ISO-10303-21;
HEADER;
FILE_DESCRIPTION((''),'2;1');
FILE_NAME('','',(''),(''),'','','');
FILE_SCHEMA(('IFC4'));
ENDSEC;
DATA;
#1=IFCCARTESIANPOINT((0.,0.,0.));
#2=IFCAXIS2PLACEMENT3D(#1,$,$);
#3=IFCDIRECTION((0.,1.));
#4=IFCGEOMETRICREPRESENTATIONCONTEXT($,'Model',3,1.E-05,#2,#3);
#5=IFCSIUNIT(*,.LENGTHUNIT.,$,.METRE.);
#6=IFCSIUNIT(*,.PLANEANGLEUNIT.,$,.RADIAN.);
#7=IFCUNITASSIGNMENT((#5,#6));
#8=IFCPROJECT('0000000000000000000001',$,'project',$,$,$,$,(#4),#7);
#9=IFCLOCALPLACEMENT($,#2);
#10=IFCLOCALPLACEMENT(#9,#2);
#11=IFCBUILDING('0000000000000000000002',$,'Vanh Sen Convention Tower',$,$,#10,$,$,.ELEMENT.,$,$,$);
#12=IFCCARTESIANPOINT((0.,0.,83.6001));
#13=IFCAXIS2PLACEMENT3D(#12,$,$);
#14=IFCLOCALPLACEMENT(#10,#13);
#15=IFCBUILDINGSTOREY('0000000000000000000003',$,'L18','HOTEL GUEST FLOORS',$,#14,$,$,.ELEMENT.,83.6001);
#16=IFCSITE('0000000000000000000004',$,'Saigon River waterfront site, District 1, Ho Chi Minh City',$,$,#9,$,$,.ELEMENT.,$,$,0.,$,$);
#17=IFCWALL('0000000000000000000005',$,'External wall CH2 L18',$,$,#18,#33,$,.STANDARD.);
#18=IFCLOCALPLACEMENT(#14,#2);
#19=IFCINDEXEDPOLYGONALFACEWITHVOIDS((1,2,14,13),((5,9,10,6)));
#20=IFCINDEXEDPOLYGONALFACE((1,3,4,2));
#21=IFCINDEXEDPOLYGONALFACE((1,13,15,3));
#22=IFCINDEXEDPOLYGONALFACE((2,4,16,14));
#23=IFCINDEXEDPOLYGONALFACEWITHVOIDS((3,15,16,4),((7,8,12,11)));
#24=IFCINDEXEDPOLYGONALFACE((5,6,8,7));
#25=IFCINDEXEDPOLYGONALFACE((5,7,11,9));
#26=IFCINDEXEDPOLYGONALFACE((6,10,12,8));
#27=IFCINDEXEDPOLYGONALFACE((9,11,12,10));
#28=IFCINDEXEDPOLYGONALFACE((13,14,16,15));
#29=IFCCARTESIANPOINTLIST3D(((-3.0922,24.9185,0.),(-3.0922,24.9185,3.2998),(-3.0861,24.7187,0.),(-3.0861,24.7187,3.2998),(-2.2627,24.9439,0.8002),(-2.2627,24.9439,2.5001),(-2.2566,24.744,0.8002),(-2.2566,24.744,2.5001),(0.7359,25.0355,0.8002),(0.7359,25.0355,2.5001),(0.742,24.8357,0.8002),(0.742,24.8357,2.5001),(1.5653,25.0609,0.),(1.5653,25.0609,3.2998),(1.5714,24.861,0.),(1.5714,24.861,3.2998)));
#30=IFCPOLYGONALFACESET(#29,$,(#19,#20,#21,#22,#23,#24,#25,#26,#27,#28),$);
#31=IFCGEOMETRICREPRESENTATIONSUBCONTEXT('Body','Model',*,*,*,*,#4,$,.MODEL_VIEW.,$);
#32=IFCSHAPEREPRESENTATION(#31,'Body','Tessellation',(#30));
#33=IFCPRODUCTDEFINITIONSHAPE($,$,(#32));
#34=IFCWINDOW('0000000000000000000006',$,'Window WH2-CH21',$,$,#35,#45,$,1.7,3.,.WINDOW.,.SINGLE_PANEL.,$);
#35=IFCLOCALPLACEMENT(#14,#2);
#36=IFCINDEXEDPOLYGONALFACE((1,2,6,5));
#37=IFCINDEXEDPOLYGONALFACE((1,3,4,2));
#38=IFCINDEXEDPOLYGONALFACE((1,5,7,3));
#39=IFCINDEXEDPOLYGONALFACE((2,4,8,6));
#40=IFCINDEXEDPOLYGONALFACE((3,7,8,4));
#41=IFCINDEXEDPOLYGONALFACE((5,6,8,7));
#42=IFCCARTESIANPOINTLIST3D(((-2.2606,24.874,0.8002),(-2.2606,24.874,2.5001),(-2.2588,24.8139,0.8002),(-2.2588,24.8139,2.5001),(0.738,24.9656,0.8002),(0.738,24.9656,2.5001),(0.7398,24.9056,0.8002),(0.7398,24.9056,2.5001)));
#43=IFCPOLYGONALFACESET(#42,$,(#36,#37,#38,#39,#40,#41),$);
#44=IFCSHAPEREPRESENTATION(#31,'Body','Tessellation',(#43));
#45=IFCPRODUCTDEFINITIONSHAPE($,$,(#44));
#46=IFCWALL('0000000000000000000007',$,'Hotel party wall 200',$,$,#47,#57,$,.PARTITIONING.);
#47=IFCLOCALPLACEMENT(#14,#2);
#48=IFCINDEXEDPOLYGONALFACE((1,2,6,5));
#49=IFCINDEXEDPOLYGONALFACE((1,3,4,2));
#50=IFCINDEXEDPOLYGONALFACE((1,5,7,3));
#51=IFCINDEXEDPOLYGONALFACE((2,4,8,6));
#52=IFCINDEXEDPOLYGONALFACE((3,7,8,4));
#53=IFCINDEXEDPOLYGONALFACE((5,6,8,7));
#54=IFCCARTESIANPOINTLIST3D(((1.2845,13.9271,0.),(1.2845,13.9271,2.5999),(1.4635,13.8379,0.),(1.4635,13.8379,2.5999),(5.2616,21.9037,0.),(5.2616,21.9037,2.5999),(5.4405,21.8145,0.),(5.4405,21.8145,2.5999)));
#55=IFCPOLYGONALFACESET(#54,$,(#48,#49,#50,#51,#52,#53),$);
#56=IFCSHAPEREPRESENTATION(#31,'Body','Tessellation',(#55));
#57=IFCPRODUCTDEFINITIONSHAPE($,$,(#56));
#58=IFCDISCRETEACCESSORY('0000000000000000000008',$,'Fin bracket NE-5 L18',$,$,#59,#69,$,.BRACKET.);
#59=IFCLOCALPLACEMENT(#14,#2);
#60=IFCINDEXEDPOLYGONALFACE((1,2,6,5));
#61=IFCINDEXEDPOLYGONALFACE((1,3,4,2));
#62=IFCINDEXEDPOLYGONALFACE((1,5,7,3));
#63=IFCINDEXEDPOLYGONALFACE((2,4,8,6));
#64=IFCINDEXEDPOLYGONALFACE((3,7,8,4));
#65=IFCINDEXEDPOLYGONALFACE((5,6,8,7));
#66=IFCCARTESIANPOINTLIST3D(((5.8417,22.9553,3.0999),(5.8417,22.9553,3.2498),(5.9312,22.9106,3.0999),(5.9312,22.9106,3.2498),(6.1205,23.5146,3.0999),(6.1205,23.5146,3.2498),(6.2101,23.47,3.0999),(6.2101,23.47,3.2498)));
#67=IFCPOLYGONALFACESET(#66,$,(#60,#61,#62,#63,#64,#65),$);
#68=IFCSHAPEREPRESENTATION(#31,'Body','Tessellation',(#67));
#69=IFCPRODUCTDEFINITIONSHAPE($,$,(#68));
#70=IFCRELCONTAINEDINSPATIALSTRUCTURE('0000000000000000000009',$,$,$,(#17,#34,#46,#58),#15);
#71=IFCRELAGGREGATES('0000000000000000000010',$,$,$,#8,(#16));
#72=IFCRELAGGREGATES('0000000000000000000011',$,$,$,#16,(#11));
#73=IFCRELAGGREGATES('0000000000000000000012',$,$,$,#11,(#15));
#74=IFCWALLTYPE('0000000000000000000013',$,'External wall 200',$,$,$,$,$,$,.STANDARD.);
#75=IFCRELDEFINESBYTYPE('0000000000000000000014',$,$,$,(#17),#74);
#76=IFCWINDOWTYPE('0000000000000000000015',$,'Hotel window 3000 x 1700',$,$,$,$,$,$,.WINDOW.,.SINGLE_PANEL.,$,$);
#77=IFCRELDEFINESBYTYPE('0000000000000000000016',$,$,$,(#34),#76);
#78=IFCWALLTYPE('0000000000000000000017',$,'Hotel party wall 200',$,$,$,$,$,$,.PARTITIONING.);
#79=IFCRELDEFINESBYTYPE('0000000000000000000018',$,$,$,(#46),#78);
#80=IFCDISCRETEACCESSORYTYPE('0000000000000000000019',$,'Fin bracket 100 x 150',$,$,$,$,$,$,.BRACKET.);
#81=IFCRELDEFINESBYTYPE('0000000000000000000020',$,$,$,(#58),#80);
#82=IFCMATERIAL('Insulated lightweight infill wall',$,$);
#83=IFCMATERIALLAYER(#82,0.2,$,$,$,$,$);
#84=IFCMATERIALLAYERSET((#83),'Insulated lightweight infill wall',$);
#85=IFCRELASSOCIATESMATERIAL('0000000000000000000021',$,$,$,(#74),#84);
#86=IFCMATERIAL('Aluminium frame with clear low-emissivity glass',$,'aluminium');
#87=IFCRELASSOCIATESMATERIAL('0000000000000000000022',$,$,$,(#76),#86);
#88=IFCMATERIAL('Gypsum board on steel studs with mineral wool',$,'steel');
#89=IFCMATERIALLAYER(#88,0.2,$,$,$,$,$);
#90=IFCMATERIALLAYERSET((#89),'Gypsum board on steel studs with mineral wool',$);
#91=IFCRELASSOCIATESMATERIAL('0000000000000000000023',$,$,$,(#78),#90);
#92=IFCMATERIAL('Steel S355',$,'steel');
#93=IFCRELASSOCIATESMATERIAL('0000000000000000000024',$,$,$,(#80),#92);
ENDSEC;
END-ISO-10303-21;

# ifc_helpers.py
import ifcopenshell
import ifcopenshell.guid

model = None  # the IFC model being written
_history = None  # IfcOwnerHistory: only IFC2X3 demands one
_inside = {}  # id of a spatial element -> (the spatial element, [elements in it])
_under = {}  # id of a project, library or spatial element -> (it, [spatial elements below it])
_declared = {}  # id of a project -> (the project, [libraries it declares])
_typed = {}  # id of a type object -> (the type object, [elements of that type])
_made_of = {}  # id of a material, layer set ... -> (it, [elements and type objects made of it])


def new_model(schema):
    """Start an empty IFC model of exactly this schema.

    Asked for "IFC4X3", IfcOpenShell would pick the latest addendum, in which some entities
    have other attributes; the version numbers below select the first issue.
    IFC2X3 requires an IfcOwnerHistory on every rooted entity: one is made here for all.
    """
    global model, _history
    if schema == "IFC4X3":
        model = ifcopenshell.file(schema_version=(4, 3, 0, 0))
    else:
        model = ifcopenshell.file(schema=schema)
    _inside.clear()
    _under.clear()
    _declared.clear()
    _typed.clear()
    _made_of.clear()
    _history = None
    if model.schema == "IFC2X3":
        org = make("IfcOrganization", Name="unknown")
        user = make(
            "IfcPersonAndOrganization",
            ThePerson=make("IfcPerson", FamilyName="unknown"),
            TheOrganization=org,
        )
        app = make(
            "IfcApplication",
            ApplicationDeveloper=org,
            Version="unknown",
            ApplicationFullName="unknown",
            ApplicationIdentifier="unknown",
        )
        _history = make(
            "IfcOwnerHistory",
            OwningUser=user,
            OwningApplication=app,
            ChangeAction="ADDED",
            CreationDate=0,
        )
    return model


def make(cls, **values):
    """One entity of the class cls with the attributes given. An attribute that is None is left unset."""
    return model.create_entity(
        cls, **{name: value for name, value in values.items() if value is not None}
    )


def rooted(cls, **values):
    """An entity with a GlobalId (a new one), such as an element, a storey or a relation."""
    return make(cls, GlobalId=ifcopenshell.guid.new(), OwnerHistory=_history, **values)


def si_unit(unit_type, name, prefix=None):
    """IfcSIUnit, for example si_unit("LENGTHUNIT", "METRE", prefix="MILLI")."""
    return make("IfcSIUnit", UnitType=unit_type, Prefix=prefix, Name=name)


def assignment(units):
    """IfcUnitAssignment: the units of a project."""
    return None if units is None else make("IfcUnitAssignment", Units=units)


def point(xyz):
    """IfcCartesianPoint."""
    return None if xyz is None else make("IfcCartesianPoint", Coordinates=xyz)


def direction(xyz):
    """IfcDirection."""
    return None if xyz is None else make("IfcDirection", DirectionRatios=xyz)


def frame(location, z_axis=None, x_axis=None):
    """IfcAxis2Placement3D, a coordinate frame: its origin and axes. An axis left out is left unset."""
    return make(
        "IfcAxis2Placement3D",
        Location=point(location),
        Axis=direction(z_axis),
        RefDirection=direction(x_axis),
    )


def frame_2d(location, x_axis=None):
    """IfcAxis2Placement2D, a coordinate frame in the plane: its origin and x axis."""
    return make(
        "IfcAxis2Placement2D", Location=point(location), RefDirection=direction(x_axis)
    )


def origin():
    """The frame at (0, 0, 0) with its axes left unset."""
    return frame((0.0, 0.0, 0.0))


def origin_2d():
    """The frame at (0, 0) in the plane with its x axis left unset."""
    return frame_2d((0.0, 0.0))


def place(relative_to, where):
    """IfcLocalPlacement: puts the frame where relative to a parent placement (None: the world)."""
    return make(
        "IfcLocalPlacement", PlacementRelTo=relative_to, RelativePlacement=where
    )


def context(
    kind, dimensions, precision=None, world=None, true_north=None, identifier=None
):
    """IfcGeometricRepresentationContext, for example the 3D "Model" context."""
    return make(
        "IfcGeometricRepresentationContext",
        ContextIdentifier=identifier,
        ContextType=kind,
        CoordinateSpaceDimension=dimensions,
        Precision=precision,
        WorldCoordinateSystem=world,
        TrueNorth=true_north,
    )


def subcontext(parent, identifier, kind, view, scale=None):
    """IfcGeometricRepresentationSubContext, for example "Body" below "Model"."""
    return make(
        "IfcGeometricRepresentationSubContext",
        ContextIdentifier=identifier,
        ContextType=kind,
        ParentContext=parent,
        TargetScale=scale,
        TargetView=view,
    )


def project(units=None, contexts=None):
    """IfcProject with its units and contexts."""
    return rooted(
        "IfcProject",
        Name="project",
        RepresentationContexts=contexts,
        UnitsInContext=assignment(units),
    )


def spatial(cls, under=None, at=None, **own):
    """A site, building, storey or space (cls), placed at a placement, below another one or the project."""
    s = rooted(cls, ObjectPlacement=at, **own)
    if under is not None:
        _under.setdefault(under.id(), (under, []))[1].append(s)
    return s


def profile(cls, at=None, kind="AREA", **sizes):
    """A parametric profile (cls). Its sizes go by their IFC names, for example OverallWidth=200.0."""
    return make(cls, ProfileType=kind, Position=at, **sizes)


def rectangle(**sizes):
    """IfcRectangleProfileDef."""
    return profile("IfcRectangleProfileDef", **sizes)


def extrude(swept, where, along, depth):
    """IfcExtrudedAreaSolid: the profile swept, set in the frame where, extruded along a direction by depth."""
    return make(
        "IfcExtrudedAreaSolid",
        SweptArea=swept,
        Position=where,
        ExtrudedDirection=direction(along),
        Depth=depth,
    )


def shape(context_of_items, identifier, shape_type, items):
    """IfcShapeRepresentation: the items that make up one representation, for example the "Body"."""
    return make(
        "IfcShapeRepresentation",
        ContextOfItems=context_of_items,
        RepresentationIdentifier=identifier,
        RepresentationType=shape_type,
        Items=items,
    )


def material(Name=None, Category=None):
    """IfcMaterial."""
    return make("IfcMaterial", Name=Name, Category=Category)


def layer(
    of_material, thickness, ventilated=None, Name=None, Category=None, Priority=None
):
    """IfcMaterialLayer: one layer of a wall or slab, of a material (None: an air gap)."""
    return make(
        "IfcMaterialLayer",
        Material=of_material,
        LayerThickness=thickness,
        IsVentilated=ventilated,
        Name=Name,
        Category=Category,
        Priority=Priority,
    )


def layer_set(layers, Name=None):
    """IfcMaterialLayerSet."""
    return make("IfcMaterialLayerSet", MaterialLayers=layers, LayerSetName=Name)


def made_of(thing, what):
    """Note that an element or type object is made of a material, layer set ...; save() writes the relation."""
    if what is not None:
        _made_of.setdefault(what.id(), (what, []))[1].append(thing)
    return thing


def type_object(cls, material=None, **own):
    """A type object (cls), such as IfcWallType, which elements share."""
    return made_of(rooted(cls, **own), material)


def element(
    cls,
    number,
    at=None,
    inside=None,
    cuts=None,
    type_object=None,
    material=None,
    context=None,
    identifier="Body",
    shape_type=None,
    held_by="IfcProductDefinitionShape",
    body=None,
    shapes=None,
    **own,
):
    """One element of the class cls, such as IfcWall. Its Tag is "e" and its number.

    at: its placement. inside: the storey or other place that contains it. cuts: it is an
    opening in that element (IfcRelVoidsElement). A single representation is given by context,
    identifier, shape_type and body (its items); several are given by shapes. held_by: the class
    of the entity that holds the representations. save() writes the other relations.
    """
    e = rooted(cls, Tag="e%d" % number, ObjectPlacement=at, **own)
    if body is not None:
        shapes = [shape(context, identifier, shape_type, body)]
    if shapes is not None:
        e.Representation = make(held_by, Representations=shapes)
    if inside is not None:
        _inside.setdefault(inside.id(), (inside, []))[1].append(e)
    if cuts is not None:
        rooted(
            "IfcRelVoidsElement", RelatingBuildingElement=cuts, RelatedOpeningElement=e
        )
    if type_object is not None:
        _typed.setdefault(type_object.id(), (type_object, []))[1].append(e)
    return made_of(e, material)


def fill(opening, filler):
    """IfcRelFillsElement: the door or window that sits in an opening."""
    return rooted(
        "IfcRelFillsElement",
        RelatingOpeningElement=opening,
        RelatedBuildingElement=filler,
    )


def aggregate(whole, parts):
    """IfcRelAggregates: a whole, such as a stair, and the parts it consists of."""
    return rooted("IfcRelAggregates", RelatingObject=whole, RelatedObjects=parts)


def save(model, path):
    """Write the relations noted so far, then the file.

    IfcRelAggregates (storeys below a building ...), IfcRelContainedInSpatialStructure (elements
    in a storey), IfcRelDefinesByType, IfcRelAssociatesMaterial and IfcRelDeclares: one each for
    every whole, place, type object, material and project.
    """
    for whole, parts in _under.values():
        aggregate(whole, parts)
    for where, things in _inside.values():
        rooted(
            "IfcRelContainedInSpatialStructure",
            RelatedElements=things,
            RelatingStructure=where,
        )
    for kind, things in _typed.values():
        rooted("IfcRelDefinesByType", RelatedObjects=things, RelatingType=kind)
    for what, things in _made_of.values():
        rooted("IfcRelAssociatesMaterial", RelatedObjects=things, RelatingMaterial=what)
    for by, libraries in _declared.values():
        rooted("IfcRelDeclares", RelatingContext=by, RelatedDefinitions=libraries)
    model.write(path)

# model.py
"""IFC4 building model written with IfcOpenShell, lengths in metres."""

from ifc_helpers import new_model, si_unit, direction, frame, frame_2d, origin, origin_2d, place, context, subcontext, project, spatial, rectangle, extrude, material, layer, layer_set, type_object, element, fill, save


model = new_model("IFC4")

# Units and contexts
model_context = context("Model", 3, precision=1e-05, world=origin(), true_north=direction((0.0, 1.0)))
body_context = subcontext(model_context, "Body", "Model", "MODEL_VIEW")
ifc_project = project(units=[si_unit("LENGTHUNIT", "METRE"), si_unit("PLANEANGLEUNIT", "RADIAN")], contexts=[model_context])

# Site, building, storey
site_placement = place(None, origin())
site = spatial("IfcSite", under=ifc_project, at=site_placement, Name="Saigon River waterfront site, District 1, Ho Chi Minh City", CompositionType="ELEMENT", RefElevation=0.0)
building_placement = place(site_placement, origin())
building = spatial("IfcBuilding", under=site, at=building_placement, Name="Vanh Sen Convention Tower", CompositionType="ELEMENT")
storey_placement = place(building_placement, frame((0.0, 0.0, 83.6001)))
storey = spatial("IfcBuildingStorey", under=building, at=storey_placement, Name="L18", Description="HOTEL GUEST FLOORS", CompositionType="ELEMENT", Elevation=83.6001)

# Shared definitions
ifc_material_1 = material(Name="Gypsum board on steel studs with mineral wool", Category="steel")

# Wall, opening, window
ifc_material_2 = material(Name="Insulated lightweight infill wall")
ifc_layer_1 = layer(ifc_material_2, 0.2)
ifc_layer_set_1 = layer_set([ifc_layer_1], Name="Insulated lightweight infill wall")
wall_type_1 = type_object("IfcWallType", Name="External wall 200", PredefinedType="STANDARD", material=ifc_layer_set_1)
wall_1_placement = place(storey_placement, frame((1.5684, 24.9609, 0.0), z_axis=(0.0, 0.0, 1.0), x_axis=(-0.999533, -0.030546, 0.0)))
wall_1 = element("IfcWall", 1, at=wall_1_placement, inside=storey, type_object=wall_type_1, Name="External wall CH2 L18", PredefinedType="STANDARD", context=body_context, shape_type="SweptSolid", body=[
    extrude(rectangle(XDim=4.6597, YDim=0.2, at=frame_2d((2.3298, 0.0))), origin(), (0.0, 0.0, 1.0), 3.2998),
])
opening_1_placement = place(wall_1_placement, frame((0.8298, 0.0, 0.8)))
opening_1 = element("IfcOpeningElement", 2, at=opening_1_placement, cuts=wall_1, PredefinedType="OPENING", context=body_context, shape_type="SweptSolid", body=[
    extrude(rectangle(XDim=3.0, YDim=1.7, at=frame_2d((1.5, 0.8501))), frame((0.0, 0.1099, 0.0), z_axis=(0.0, -1.0, 0.0), x_axis=(1.0, 0.0, 0.0)), (0.0, 0.0, 1.0), 0.22),
])
ifc_material_3 = material(Name="Aluminium frame with clear low-emissivity glass", Category="aluminium")
window_type = type_object("IfcWindowType", Name="Hotel window 3000 x 1700", PartitioningType="SINGLE_PANEL", PredefinedType="WINDOW", material=ifc_material_3)
window_placement = place(opening_1_placement, origin())
window = element("IfcWindow", 3, at=window_placement, inside=storey, type_object=window_type, Name="Window WH2-CH21", OverallHeight=1.7, OverallWidth=3.0, PartitioningType="SINGLE_PANEL", PredefinedType="WINDOW", context=body_context, shape_type="SweptSolid", body=[
    extrude(rectangle(XDim=3.0, YDim=1.7, at=frame_2d((1.5, 0.8501))), frame((0.0, 0.03, 0.0), z_axis=(0.0, -1.0, 0.0), x_axis=(1.0, 0.0, 0.0)), (0.0, 0.0, 1.0), 0.0601),
])
fill(opening_1, window)

# Wall
ifc_layer_2 = layer(ifc_material_1, 0.2)
ifc_layer_set_2 = layer_set([ifc_layer_2], Name="Gypsum board on steel studs with mineral wool")
wall_type_2 = type_object("IfcWallType", Name="Hotel party wall 200", PredefinedType="PARTITIONING", material=ifc_layer_set_2)
wall_2_placement = place(storey_placement, frame((5.3511, 21.8591, 0.0), z_axis=(0.0, 0.0, 1.0), x_axis=(-0.446205, -0.894931, 0.0)))
element("IfcWall", 4, at=wall_2_placement, inside=storey, type_object=wall_type_2, Name="Hotel party wall 200", PredefinedType="PARTITIONING", context=body_context, shape_type="SweptSolid", body=[
    extrude(rectangle(XDim=8.9131, YDim=0.2, at=frame_2d((4.4565, 0.0))), origin(), (0.0, 0.0, 1.0), 2.5999),
])

# Discrete accessory
ifc_material_4 = material(Name="Steel S355", Category="steel")
discrete_accessory_type = type_object("IfcDiscreteAccessoryType", Name="Fin bracket 100 x 150", PredefinedType="BRACKET", material=ifc_material_4)
discrete_accessory_placement = place(storey_placement, frame((6.0259, 23.2126, 3.0999), z_axis=(0.0, 0.0, 1.0), x_axis=(0.446198, 0.894934, 0.0)))
element("IfcDiscreteAccessory", 5, at=discrete_accessory_placement, inside=storey, type_object=discrete_accessory_type, Name="Fin bracket NE-5 L18", PredefinedType="BRACKET", context=body_context, shape_type="SweptSolid", body=[
    extrude(rectangle(XDim=0.625, YDim=0.1001, at=origin_2d()), origin(), (0.0, 0.0, 1.0), 0.1499),
])

save(model, "model.ifc")
